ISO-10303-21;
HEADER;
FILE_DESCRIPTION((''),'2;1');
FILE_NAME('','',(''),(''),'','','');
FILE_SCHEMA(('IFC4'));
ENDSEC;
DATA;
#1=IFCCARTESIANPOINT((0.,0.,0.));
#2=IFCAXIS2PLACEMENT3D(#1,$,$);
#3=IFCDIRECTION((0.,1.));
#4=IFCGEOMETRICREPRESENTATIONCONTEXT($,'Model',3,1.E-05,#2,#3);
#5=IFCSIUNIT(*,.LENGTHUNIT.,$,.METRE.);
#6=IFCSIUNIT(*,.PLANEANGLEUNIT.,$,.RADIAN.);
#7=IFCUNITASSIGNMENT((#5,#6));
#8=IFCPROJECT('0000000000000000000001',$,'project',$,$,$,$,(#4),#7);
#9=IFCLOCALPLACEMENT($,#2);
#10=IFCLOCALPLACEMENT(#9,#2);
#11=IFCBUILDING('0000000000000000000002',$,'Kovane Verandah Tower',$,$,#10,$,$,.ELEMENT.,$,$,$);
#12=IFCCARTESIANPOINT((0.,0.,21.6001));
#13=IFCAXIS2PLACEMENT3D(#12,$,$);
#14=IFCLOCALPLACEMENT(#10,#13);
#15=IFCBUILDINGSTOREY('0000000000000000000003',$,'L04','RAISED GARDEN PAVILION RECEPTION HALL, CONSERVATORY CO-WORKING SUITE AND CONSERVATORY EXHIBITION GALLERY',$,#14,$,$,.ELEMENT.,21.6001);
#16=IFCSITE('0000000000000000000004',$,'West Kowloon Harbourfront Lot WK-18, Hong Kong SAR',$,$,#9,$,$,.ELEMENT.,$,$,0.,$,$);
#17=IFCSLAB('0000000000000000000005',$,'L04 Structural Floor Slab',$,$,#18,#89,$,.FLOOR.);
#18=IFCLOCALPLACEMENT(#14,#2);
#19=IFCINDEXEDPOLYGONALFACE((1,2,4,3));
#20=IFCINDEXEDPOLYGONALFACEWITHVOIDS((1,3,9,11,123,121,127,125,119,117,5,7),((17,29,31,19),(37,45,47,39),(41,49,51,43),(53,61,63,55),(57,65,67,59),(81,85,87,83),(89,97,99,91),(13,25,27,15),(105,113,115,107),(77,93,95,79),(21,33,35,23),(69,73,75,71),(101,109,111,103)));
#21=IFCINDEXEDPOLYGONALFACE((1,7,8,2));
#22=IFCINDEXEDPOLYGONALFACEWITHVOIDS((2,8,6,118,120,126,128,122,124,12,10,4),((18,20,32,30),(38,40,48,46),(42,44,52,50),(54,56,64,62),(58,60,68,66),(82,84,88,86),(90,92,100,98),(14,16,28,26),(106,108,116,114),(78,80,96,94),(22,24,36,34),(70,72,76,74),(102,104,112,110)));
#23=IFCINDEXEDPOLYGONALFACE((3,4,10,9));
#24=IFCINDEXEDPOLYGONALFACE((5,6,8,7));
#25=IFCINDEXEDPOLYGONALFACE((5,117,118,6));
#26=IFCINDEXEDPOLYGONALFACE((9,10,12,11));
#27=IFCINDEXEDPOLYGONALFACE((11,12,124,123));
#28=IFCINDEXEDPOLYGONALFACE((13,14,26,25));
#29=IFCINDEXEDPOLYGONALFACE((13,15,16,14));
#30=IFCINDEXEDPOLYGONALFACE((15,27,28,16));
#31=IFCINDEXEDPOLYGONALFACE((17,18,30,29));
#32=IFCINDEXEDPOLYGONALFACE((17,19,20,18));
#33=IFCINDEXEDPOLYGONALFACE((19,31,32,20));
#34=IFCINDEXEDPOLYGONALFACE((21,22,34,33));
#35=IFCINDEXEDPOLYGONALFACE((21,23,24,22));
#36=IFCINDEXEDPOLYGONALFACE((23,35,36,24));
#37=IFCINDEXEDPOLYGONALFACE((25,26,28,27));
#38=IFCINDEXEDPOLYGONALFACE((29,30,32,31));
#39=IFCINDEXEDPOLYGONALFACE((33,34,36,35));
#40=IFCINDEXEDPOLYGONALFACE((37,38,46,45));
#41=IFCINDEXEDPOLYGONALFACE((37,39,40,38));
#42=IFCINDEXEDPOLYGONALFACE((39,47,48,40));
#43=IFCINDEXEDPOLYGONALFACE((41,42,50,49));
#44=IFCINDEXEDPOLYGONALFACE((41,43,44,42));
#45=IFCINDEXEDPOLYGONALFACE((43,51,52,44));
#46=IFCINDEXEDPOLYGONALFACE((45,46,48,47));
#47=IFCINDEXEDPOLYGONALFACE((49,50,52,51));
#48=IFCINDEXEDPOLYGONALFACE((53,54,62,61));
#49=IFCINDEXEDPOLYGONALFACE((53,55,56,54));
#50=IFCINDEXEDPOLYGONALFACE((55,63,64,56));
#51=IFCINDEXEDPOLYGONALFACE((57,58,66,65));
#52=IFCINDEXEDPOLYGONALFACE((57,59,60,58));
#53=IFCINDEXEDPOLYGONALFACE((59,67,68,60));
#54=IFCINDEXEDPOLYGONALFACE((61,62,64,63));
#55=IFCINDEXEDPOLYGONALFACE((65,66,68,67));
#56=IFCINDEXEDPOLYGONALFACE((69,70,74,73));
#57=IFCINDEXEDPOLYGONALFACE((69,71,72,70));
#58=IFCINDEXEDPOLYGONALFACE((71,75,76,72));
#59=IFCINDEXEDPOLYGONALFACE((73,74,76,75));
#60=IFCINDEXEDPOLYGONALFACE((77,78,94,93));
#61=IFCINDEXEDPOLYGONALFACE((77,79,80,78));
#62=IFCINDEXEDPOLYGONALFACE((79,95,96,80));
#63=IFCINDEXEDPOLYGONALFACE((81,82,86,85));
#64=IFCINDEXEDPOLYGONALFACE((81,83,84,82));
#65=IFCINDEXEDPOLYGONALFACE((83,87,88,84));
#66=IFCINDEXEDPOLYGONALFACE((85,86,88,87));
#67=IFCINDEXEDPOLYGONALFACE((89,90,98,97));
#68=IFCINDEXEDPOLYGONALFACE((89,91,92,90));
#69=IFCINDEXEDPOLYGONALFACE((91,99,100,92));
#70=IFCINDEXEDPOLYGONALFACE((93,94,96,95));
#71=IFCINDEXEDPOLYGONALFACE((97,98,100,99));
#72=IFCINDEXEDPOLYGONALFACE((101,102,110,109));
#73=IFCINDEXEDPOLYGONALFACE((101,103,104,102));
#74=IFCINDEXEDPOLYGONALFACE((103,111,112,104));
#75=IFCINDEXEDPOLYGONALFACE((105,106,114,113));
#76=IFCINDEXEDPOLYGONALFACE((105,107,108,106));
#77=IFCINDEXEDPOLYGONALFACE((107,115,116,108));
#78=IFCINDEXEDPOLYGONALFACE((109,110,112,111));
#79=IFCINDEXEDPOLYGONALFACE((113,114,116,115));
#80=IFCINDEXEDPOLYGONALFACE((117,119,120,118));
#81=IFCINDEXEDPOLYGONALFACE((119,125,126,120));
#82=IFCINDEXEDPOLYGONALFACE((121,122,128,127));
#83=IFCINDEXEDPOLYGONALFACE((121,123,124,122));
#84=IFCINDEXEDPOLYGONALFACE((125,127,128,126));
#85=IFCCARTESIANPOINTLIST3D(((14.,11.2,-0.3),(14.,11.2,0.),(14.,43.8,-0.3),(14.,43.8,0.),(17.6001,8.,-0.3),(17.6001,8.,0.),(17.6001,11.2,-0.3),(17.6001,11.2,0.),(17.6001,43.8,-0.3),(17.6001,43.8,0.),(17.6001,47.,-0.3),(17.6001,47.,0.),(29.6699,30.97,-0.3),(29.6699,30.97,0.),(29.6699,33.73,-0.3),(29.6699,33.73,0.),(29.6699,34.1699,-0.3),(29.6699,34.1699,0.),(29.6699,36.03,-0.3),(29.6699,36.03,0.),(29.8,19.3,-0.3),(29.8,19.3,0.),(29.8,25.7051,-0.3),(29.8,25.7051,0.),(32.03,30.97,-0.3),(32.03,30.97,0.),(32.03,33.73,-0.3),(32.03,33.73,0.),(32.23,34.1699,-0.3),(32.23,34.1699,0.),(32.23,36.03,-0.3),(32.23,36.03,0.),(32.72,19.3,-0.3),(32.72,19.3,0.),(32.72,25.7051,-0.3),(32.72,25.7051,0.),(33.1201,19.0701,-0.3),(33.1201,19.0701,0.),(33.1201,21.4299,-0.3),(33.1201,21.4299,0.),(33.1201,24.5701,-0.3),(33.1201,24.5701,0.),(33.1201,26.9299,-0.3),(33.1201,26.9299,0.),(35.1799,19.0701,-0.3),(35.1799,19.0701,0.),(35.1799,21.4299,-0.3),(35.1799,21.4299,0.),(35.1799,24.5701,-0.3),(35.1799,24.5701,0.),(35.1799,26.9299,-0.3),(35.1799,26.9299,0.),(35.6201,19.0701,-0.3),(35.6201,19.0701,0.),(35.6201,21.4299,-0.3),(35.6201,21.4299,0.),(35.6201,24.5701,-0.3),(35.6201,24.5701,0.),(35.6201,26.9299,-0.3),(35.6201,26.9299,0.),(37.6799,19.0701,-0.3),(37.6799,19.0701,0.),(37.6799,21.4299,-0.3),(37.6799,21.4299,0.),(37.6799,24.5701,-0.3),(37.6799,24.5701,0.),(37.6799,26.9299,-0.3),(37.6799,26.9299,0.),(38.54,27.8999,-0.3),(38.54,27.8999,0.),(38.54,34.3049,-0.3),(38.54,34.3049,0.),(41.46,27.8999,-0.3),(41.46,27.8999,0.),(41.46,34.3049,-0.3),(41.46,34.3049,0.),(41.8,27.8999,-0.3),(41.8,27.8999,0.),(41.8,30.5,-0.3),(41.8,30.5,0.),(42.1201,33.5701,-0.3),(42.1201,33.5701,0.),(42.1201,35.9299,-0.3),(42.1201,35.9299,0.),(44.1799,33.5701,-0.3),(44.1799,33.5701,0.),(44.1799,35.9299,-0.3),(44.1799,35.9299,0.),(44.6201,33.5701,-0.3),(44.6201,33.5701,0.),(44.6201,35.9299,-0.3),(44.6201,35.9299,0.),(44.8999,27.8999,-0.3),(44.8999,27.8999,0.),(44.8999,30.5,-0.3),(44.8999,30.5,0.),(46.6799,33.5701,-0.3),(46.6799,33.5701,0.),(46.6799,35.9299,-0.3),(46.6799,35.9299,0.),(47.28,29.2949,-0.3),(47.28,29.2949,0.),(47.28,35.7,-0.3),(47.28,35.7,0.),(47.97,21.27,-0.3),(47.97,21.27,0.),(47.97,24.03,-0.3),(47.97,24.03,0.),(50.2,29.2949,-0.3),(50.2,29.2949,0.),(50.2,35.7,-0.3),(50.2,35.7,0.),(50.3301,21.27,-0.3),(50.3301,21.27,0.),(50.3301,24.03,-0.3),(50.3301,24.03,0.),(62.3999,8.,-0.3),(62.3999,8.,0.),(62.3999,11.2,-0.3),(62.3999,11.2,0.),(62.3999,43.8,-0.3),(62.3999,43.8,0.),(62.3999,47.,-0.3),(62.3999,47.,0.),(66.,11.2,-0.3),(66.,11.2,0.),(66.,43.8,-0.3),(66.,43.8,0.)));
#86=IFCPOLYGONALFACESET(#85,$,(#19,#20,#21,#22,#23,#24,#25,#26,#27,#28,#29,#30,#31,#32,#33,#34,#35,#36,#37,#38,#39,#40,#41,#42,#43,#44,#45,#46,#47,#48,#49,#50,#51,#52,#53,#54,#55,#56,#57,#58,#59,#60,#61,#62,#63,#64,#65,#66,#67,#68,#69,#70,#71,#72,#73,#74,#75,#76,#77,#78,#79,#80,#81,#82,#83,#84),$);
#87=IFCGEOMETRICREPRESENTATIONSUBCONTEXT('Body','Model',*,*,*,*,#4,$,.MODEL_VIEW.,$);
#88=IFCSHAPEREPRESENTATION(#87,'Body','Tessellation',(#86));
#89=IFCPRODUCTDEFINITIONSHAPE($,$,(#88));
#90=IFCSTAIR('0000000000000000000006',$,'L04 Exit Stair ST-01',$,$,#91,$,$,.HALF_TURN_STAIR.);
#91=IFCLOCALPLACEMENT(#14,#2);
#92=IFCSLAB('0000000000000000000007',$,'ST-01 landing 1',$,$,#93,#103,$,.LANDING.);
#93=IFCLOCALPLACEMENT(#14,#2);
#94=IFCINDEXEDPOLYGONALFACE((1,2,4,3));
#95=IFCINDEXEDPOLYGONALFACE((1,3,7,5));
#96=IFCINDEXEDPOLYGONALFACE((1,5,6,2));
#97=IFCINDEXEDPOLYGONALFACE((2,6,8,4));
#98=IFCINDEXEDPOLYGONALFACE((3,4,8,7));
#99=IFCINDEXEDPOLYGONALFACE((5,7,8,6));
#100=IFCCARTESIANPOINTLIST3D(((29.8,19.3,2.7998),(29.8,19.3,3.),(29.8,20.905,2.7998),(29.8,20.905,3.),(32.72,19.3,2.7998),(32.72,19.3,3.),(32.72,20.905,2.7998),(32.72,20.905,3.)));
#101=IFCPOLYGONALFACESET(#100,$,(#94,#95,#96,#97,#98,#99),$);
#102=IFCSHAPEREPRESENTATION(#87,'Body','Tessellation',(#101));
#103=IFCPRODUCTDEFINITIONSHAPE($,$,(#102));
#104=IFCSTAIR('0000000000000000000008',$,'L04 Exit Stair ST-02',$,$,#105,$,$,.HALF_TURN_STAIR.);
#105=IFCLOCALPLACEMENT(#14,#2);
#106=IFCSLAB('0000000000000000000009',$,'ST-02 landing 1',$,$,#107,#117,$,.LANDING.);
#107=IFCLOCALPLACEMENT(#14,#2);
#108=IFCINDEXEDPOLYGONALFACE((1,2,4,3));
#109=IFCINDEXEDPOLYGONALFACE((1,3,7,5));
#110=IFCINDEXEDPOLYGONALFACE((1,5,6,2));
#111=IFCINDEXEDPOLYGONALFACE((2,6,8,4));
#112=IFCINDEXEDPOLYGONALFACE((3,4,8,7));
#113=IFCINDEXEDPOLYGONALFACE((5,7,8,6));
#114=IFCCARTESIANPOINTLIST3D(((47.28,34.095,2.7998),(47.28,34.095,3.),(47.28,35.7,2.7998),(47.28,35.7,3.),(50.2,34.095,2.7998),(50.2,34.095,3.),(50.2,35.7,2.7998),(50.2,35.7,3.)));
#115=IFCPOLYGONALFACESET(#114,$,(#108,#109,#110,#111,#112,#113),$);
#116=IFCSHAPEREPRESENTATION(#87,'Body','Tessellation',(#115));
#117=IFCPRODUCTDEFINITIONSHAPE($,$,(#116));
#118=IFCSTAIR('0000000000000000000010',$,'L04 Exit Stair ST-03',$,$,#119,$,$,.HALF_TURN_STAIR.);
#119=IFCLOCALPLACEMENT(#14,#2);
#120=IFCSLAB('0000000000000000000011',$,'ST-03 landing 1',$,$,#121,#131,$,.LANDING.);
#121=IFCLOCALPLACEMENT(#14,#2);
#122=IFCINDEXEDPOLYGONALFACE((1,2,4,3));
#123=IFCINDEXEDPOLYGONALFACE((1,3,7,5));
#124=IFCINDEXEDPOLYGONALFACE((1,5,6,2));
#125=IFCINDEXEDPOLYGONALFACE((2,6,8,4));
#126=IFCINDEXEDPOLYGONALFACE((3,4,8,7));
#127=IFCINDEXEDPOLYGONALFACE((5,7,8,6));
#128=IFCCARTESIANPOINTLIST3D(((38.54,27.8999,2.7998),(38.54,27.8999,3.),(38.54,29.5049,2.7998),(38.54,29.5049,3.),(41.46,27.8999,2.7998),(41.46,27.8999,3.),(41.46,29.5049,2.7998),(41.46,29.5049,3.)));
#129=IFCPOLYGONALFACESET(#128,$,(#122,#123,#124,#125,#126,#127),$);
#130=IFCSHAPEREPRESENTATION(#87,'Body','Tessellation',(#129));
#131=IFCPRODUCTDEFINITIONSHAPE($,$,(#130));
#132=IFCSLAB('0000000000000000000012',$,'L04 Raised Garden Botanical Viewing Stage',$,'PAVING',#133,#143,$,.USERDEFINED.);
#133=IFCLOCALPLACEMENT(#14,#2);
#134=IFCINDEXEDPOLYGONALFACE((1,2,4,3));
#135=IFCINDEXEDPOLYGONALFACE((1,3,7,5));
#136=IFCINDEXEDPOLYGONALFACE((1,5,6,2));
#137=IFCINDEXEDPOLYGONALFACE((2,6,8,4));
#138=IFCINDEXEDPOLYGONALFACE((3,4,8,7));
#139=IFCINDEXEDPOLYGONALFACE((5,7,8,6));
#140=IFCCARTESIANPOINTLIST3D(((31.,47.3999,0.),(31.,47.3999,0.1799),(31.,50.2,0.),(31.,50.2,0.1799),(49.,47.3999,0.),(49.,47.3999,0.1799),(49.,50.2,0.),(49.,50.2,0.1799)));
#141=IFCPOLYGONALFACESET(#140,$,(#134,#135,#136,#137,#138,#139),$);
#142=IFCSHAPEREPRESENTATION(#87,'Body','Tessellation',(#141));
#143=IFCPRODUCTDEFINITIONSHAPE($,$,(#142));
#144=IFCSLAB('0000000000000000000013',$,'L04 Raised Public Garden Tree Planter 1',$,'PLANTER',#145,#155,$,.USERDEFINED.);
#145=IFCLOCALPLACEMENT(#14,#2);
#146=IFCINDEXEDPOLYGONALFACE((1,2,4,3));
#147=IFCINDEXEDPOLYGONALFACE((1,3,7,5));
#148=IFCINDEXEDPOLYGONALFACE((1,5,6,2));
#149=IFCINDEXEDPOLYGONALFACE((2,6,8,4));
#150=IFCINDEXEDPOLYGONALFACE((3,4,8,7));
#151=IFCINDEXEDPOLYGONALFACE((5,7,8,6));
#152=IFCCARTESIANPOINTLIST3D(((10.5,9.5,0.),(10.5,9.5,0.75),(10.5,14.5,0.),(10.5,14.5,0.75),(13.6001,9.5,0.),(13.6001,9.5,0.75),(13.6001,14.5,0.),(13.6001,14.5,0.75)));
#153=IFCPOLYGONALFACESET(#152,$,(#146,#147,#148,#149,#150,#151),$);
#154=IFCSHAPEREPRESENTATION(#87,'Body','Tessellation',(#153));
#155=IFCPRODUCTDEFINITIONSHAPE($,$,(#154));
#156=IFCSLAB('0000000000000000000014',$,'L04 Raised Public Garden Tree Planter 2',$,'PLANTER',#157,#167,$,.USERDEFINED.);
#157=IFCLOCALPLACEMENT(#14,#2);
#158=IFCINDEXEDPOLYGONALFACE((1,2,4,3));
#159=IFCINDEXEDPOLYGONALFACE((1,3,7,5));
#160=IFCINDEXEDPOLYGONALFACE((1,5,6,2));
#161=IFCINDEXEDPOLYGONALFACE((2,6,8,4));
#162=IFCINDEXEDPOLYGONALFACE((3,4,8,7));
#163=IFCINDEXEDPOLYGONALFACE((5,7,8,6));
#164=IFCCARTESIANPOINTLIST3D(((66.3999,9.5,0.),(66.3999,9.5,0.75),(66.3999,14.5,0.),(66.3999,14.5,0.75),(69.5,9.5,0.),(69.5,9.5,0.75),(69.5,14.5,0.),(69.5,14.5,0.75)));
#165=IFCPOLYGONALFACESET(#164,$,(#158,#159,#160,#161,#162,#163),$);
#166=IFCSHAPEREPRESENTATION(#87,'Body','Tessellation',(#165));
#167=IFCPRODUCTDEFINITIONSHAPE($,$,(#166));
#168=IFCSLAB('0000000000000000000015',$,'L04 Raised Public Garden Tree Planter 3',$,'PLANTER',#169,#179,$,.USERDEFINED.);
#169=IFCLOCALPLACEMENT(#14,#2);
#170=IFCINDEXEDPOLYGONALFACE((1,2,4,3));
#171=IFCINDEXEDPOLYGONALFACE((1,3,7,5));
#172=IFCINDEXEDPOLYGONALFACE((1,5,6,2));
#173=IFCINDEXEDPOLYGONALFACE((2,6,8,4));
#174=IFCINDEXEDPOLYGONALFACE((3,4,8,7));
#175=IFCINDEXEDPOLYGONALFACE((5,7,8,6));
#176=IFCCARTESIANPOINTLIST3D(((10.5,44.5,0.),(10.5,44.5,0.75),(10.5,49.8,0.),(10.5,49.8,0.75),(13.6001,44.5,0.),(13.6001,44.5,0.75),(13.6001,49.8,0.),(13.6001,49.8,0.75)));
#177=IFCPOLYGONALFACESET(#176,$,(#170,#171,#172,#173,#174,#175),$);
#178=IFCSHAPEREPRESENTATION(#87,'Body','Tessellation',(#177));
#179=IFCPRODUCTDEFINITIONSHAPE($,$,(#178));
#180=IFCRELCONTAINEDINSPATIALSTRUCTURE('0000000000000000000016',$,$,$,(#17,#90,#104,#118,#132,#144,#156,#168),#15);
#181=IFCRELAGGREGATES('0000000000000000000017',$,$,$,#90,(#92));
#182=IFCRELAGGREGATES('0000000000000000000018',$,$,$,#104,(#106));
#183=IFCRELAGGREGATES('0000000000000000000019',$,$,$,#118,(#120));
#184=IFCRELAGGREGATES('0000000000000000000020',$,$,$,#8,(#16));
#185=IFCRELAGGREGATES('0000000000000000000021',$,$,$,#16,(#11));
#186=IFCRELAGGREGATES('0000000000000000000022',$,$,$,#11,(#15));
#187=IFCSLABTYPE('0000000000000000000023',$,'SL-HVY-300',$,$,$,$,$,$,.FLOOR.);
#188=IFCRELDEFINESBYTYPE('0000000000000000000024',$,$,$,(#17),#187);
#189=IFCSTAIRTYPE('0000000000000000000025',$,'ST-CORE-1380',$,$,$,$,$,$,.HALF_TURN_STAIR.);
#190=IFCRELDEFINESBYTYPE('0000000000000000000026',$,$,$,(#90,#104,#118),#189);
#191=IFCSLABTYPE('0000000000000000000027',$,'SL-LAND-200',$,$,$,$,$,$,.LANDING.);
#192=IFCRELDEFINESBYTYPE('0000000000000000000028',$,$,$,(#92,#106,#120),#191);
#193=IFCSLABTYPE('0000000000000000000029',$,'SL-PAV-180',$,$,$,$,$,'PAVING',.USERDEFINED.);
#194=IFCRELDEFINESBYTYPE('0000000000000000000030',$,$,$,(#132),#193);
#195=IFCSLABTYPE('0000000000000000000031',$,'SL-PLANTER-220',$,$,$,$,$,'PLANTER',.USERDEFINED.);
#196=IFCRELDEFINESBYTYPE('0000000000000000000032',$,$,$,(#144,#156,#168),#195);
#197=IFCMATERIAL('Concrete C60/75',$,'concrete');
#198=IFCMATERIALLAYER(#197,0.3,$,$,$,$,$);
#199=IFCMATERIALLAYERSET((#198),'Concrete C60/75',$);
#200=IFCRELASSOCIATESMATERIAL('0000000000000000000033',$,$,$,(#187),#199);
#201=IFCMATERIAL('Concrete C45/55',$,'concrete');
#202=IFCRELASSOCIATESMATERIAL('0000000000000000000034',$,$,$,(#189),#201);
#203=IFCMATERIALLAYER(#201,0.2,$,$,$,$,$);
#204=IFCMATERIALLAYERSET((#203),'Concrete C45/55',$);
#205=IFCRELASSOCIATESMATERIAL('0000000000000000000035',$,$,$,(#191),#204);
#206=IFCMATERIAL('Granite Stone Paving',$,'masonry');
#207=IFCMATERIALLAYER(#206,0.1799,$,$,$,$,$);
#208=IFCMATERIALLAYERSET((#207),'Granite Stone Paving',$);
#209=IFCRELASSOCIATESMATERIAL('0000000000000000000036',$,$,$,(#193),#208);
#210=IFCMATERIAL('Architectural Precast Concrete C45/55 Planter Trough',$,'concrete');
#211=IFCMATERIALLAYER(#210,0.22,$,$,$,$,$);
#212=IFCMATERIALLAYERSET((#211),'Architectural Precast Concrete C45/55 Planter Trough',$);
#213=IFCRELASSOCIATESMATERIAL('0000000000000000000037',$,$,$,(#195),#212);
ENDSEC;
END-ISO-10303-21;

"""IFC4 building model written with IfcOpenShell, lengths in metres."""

from ifc_helpers import new_model, si_unit, direction, frame, origin, place, context, subcontext, project, spatial, polyline, outline, extrude, material, layer, layer_set, type_object, element, aggregate, save


model = new_model("IFC4")

# Units and contexts
model_context = context("Model", 3, precision=1e-05, world=origin(), true_north=direction((0.0, 1.0)))
body_context = subcontext(model_context, "Body", "Model", "MODEL_VIEW")
ifc_project = project(units=[si_unit("LENGTHUNIT", "METRE"), si_unit("PLANEANGLEUNIT", "RADIAN")], contexts=[model_context])

# Site, building, storey
site_placement = place(None, origin())
site = spatial("IfcSite", under=ifc_project, at=site_placement, Name="West Kowloon Harbourfront Lot WK-18, Hong Kong SAR", CompositionType="ELEMENT", RefElevation=0.0)
building_placement = place(site_placement, origin())
building = spatial("IfcBuilding", under=site, at=building_placement, Name="Kovane Verandah Tower", CompositionType="ELEMENT")
storey_placement = place(building_placement, frame((0.0, 0.0, 21.6001)))
storey = spatial("IfcBuildingStorey", under=building, at=storey_placement, Name="L04", Description="RAISED GARDEN PAVILION RECEPTION HALL, CONSERVATORY CO-WORKING SUITE AND CONSERVATORY EXHIBITION GALLERY", CompositionType="ELEMENT", Elevation=21.6001)

# Slab
ifc_material_1 = material(Name="Concrete C45/55", Category="concrete")
ifc_material_2 = material(Name="Concrete C60/75", Category="concrete")
ifc_layer_1 = layer(ifc_material_2, 0.3)
ifc_layer_set_1 = layer_set([ifc_layer_1], Name="Concrete C60/75")
slab_type_1 = type_object("IfcSlabType", Name="SL-HVY-300", PredefinedType="FLOOR", material=ifc_layer_set_1)
slab_1_placement = place(storey_placement, frame((0.0, 0.0, -0.3)))
element("IfcSlab", 1, at=slab_1_placement, inside=storey, type_object=slab_type_1, Name="L04 Structural Floor Slab", PredefinedType="FLOOR", context=body_context, shape_type="SweptSolid", body=[
    extrude(outline(polyline([(17.6001, 8.0), (62.3999, 8.0), (62.3999, 11.2), (66.0, 11.2), (66.0, 43.8), (62.3999, 43.8), (62.3999, 47.0), (17.6001, 47.0), (17.6001, 43.8), (14.0, 43.8), (14.0, 11.2), (17.6001, 11.2), (17.6001, 8.0)]), holes=[polyline([(29.8, 19.3), (32.72, 19.3), (32.72, 25.7051), (29.8, 25.7051), (29.8, 19.3)]), polyline([(47.28, 29.2949), (50.2, 29.2949), (50.2, 35.7), (47.28, 35.7), (47.28, 29.2949)]), polyline([(38.54, 27.8999), (41.46, 27.8999), (41.46, 34.3049), (38.54, 34.3049), (38.54, 27.8999)]), polyline([(29.6699, 30.97), (32.03, 30.97), (32.03, 33.73), (29.6699, 33.73), (29.6699, 30.97)]), polyline([(47.97, 21.27), (50.3301, 21.27), (50.3301, 24.03), (47.97, 24.03), (47.97, 21.27)]), polyline([(29.6699, 34.1699), (32.23, 34.1699), (32.23, 36.03), (29.6699, 36.03), (29.6699, 34.1699)]), polyline([(33.1201, 19.0701), (35.1799, 19.0701), (35.1799, 21.4299), (33.1201, 21.4299), (33.1201, 19.0701)]), polyline([(35.6201, 19.0701), (37.6799, 19.0701), (37.6799, 21.4299), (35.6201, 21.4299), (35.6201, 19.0701)]), polyline([(33.1201, 24.5701), (35.1799, 24.5701), (35.1799, 26.9299), (33.1201, 26.9299), (33.1201, 24.5701)]), polyline([(35.6201, 24.5701), (37.6799, 24.5701), (37.6799, 26.9299), (35.6201, 26.9299), (35.6201, 24.5701)]), polyline([(42.1201, 33.5701), (44.1799, 33.5701), (44.1799, 35.9299), (42.1201, 35.9299), (42.1201, 33.5701)]), polyline([(44.6201, 33.5701), (46.6799, 33.5701), (46.6799, 35.9299), (44.6201, 35.9299), (44.6201, 33.5701)]), polyline([(41.8, 27.8999), (44.8999, 27.8999), (44.8999, 30.5), (41.8, 30.5), (41.8, 27.8999)])]), origin(), (0.0, 0.0, 1.0), 0.3),
])

# Stairs, slabs
stair_type = type_object("IfcStairType", Name="ST-CORE-1380", PredefinedType="HALF_TURN_STAIR", material=ifc_material_1)
stair_1_placement = place(storey_placement, origin())
stair_1 = element("IfcStair", 2, at=stair_1_placement, inside=storey, type_object=stair_type, Name="L04 Exit Stair ST-01", PredefinedType="HALF_TURN_STAIR")
ifc_layer_2 = layer(ifc_material_1, 0.2)
ifc_layer_set_2 = layer_set([ifc_layer_2], Name="Concrete C45/55")
slab_type_2 = type_object("IfcSlabType", Name="SL-LAND-200", PredefinedType="LANDING", material=ifc_layer_set_2)
slab_2_placement = place(storey_placement, frame((0.0, 0.0, 2.7998)))
slab_2 = element("IfcSlab", 3, at=slab_2_placement, type_object=slab_type_2, Name="ST-01 landing 1", PredefinedType="LANDING", context=body_context, shape_type="SweptSolid", body=[
    extrude(outline(polyline([(29.8, 20.905), (29.8, 19.3), (32.72, 19.3), (32.72, 20.905), (29.8, 20.905)])), origin(), (0.0, 0.0, 1.0), 0.2002),
])
aggregate(stair_1, [slab_2])
stair_2_placement = place(storey_placement, origin())
stair_2 = element("IfcStair", 4, at=stair_2_placement, inside=storey, type_object=stair_type, Name="L04 Exit Stair ST-02", PredefinedType="HALF_TURN_STAIR")
slab_3_placement = place(storey_placement, frame((0.0, 0.0, 2.7998)))
slab_3 = element("IfcSlab", 5, at=slab_3_placement, type_object=slab_type_2, Name="ST-02 landing 1", PredefinedType="LANDING", context=body_context, shape_type="SweptSolid", body=[
    extrude(outline(polyline([(50.2, 34.095), (50.2, 35.7), (47.28, 35.7), (47.28, 34.095), (50.2, 34.095)])), origin(), (0.0, 0.0, 1.0), 0.2002),
])
aggregate(stair_2, [slab_3])
stair_3_placement = place(storey_placement, origin())
stair_3 = element("IfcStair", 6, at=stair_3_placement, inside=storey, type_object=stair_type, Name="L04 Exit Stair ST-03", PredefinedType="HALF_TURN_STAIR")
slab_4_placement = place(storey_placement, frame((0.0, 0.0, 2.7998)))
slab_4 = element("IfcSlab", 7, at=slab_4_placement, type_object=slab_type_2, Name="ST-03 landing 1", PredefinedType="LANDING", context=body_context, shape_type="SweptSolid", body=[
    extrude(outline(polyline([(38.54, 29.5049), (38.54, 27.8999), (41.46, 27.8999), (41.46, 29.5049), (38.54, 29.5049)])), origin(), (0.0, 0.0, 1.0), 0.2002),
])
aggregate(stair_3, [slab_4])

# Slabs
ifc_material_3 = material(Name="Granite Stone Paving", Category="masonry")
ifc_layer_3 = layer(ifc_material_3, 0.1799)
ifc_layer_set_3 = layer_set([ifc_layer_3], Name="Granite Stone Paving")
slab_type_3 = type_object("IfcSlabType", Name="SL-PAV-180", ElementType="PAVING", PredefinedType="USERDEFINED", material=ifc_layer_set_3)
slab_5_placement = place(storey_placement, origin())
element("IfcSlab", 8, at=slab_5_placement, inside=storey, type_object=slab_type_3, Name="L04 Raised Garden Botanical Viewing Stage", ObjectType="PAVING", PredefinedType="USERDEFINED", context=body_context, shape_type="SweptSolid", body=[
    extrude(outline(polyline([(31.0, 47.3999), (49.0, 47.3999), (49.0, 50.2), (31.0, 50.2), (31.0, 47.3999)])), origin(), (0.0, 0.0, 1.0), 0.1799),
])
ifc_material_4 = material(Name="Architectural Precast Concrete C45/55 Planter Trough", Category="concrete")
ifc_layer_4 = layer(ifc_material_4, 0.22)
ifc_layer_set_4 = layer_set([ifc_layer_4], Name="Architectural Precast Concrete C45/55 Planter Trough")
slab_type_4 = type_object("IfcSlabType", Name="SL-PLANTER-220", ElementType="PLANTER", PredefinedType="USERDEFINED", material=ifc_layer_set_4)
slab_6_placement = place(storey_placement, origin())
element("IfcSlab", 9, at=slab_6_placement, inside=storey, type_object=slab_type_4, Name="L04 Raised Public Garden Tree Planter 1", ObjectType="PLANTER", PredefinedType="USERDEFINED", context=body_context, shape_type="SweptSolid", body=[
    extrude(outline(polyline([(10.5, 9.5), (13.6001, 9.5), (13.6001, 14.5), (10.5, 14.5), (10.5, 9.5)])), origin(), (0.0, 0.0, 1.0), 0.75),
])
slab_7_placement = place(storey_placement, origin())
element("IfcSlab", 10, at=slab_7_placement, inside=storey, type_object=slab_type_4, Name="L04 Raised Public Garden Tree Planter 2", ObjectType="PLANTER", PredefinedType="USERDEFINED", context=body_context, shape_type="SweptSolid", body=[
    extrude(outline(polyline([(66.3999, 9.5), (69.5, 9.5), (69.5, 14.5), (66.3999, 14.5), (66.3999, 9.5)])), origin(), (0.0, 0.0, 1.0), 0.75),
])
slab_8_placement = place(storey_placement, origin())
element("IfcSlab", 11, at=slab_8_placement, inside=storey, type_object=slab_type_4, Name="L04 Raised Public Garden Tree Planter 3", ObjectType="PLANTER", PredefinedType="USERDEFINED", context=body_context, shape_type="SweptSolid", body=[
    extrude(outline(polyline([(10.5, 44.5), (13.6001, 44.5), (13.6001, 49.8), (10.5, 49.8), (10.5, 44.5)])), origin(), (0.0, 0.0, 1.0), 0.75),
])

save(model, "model.ifc")
